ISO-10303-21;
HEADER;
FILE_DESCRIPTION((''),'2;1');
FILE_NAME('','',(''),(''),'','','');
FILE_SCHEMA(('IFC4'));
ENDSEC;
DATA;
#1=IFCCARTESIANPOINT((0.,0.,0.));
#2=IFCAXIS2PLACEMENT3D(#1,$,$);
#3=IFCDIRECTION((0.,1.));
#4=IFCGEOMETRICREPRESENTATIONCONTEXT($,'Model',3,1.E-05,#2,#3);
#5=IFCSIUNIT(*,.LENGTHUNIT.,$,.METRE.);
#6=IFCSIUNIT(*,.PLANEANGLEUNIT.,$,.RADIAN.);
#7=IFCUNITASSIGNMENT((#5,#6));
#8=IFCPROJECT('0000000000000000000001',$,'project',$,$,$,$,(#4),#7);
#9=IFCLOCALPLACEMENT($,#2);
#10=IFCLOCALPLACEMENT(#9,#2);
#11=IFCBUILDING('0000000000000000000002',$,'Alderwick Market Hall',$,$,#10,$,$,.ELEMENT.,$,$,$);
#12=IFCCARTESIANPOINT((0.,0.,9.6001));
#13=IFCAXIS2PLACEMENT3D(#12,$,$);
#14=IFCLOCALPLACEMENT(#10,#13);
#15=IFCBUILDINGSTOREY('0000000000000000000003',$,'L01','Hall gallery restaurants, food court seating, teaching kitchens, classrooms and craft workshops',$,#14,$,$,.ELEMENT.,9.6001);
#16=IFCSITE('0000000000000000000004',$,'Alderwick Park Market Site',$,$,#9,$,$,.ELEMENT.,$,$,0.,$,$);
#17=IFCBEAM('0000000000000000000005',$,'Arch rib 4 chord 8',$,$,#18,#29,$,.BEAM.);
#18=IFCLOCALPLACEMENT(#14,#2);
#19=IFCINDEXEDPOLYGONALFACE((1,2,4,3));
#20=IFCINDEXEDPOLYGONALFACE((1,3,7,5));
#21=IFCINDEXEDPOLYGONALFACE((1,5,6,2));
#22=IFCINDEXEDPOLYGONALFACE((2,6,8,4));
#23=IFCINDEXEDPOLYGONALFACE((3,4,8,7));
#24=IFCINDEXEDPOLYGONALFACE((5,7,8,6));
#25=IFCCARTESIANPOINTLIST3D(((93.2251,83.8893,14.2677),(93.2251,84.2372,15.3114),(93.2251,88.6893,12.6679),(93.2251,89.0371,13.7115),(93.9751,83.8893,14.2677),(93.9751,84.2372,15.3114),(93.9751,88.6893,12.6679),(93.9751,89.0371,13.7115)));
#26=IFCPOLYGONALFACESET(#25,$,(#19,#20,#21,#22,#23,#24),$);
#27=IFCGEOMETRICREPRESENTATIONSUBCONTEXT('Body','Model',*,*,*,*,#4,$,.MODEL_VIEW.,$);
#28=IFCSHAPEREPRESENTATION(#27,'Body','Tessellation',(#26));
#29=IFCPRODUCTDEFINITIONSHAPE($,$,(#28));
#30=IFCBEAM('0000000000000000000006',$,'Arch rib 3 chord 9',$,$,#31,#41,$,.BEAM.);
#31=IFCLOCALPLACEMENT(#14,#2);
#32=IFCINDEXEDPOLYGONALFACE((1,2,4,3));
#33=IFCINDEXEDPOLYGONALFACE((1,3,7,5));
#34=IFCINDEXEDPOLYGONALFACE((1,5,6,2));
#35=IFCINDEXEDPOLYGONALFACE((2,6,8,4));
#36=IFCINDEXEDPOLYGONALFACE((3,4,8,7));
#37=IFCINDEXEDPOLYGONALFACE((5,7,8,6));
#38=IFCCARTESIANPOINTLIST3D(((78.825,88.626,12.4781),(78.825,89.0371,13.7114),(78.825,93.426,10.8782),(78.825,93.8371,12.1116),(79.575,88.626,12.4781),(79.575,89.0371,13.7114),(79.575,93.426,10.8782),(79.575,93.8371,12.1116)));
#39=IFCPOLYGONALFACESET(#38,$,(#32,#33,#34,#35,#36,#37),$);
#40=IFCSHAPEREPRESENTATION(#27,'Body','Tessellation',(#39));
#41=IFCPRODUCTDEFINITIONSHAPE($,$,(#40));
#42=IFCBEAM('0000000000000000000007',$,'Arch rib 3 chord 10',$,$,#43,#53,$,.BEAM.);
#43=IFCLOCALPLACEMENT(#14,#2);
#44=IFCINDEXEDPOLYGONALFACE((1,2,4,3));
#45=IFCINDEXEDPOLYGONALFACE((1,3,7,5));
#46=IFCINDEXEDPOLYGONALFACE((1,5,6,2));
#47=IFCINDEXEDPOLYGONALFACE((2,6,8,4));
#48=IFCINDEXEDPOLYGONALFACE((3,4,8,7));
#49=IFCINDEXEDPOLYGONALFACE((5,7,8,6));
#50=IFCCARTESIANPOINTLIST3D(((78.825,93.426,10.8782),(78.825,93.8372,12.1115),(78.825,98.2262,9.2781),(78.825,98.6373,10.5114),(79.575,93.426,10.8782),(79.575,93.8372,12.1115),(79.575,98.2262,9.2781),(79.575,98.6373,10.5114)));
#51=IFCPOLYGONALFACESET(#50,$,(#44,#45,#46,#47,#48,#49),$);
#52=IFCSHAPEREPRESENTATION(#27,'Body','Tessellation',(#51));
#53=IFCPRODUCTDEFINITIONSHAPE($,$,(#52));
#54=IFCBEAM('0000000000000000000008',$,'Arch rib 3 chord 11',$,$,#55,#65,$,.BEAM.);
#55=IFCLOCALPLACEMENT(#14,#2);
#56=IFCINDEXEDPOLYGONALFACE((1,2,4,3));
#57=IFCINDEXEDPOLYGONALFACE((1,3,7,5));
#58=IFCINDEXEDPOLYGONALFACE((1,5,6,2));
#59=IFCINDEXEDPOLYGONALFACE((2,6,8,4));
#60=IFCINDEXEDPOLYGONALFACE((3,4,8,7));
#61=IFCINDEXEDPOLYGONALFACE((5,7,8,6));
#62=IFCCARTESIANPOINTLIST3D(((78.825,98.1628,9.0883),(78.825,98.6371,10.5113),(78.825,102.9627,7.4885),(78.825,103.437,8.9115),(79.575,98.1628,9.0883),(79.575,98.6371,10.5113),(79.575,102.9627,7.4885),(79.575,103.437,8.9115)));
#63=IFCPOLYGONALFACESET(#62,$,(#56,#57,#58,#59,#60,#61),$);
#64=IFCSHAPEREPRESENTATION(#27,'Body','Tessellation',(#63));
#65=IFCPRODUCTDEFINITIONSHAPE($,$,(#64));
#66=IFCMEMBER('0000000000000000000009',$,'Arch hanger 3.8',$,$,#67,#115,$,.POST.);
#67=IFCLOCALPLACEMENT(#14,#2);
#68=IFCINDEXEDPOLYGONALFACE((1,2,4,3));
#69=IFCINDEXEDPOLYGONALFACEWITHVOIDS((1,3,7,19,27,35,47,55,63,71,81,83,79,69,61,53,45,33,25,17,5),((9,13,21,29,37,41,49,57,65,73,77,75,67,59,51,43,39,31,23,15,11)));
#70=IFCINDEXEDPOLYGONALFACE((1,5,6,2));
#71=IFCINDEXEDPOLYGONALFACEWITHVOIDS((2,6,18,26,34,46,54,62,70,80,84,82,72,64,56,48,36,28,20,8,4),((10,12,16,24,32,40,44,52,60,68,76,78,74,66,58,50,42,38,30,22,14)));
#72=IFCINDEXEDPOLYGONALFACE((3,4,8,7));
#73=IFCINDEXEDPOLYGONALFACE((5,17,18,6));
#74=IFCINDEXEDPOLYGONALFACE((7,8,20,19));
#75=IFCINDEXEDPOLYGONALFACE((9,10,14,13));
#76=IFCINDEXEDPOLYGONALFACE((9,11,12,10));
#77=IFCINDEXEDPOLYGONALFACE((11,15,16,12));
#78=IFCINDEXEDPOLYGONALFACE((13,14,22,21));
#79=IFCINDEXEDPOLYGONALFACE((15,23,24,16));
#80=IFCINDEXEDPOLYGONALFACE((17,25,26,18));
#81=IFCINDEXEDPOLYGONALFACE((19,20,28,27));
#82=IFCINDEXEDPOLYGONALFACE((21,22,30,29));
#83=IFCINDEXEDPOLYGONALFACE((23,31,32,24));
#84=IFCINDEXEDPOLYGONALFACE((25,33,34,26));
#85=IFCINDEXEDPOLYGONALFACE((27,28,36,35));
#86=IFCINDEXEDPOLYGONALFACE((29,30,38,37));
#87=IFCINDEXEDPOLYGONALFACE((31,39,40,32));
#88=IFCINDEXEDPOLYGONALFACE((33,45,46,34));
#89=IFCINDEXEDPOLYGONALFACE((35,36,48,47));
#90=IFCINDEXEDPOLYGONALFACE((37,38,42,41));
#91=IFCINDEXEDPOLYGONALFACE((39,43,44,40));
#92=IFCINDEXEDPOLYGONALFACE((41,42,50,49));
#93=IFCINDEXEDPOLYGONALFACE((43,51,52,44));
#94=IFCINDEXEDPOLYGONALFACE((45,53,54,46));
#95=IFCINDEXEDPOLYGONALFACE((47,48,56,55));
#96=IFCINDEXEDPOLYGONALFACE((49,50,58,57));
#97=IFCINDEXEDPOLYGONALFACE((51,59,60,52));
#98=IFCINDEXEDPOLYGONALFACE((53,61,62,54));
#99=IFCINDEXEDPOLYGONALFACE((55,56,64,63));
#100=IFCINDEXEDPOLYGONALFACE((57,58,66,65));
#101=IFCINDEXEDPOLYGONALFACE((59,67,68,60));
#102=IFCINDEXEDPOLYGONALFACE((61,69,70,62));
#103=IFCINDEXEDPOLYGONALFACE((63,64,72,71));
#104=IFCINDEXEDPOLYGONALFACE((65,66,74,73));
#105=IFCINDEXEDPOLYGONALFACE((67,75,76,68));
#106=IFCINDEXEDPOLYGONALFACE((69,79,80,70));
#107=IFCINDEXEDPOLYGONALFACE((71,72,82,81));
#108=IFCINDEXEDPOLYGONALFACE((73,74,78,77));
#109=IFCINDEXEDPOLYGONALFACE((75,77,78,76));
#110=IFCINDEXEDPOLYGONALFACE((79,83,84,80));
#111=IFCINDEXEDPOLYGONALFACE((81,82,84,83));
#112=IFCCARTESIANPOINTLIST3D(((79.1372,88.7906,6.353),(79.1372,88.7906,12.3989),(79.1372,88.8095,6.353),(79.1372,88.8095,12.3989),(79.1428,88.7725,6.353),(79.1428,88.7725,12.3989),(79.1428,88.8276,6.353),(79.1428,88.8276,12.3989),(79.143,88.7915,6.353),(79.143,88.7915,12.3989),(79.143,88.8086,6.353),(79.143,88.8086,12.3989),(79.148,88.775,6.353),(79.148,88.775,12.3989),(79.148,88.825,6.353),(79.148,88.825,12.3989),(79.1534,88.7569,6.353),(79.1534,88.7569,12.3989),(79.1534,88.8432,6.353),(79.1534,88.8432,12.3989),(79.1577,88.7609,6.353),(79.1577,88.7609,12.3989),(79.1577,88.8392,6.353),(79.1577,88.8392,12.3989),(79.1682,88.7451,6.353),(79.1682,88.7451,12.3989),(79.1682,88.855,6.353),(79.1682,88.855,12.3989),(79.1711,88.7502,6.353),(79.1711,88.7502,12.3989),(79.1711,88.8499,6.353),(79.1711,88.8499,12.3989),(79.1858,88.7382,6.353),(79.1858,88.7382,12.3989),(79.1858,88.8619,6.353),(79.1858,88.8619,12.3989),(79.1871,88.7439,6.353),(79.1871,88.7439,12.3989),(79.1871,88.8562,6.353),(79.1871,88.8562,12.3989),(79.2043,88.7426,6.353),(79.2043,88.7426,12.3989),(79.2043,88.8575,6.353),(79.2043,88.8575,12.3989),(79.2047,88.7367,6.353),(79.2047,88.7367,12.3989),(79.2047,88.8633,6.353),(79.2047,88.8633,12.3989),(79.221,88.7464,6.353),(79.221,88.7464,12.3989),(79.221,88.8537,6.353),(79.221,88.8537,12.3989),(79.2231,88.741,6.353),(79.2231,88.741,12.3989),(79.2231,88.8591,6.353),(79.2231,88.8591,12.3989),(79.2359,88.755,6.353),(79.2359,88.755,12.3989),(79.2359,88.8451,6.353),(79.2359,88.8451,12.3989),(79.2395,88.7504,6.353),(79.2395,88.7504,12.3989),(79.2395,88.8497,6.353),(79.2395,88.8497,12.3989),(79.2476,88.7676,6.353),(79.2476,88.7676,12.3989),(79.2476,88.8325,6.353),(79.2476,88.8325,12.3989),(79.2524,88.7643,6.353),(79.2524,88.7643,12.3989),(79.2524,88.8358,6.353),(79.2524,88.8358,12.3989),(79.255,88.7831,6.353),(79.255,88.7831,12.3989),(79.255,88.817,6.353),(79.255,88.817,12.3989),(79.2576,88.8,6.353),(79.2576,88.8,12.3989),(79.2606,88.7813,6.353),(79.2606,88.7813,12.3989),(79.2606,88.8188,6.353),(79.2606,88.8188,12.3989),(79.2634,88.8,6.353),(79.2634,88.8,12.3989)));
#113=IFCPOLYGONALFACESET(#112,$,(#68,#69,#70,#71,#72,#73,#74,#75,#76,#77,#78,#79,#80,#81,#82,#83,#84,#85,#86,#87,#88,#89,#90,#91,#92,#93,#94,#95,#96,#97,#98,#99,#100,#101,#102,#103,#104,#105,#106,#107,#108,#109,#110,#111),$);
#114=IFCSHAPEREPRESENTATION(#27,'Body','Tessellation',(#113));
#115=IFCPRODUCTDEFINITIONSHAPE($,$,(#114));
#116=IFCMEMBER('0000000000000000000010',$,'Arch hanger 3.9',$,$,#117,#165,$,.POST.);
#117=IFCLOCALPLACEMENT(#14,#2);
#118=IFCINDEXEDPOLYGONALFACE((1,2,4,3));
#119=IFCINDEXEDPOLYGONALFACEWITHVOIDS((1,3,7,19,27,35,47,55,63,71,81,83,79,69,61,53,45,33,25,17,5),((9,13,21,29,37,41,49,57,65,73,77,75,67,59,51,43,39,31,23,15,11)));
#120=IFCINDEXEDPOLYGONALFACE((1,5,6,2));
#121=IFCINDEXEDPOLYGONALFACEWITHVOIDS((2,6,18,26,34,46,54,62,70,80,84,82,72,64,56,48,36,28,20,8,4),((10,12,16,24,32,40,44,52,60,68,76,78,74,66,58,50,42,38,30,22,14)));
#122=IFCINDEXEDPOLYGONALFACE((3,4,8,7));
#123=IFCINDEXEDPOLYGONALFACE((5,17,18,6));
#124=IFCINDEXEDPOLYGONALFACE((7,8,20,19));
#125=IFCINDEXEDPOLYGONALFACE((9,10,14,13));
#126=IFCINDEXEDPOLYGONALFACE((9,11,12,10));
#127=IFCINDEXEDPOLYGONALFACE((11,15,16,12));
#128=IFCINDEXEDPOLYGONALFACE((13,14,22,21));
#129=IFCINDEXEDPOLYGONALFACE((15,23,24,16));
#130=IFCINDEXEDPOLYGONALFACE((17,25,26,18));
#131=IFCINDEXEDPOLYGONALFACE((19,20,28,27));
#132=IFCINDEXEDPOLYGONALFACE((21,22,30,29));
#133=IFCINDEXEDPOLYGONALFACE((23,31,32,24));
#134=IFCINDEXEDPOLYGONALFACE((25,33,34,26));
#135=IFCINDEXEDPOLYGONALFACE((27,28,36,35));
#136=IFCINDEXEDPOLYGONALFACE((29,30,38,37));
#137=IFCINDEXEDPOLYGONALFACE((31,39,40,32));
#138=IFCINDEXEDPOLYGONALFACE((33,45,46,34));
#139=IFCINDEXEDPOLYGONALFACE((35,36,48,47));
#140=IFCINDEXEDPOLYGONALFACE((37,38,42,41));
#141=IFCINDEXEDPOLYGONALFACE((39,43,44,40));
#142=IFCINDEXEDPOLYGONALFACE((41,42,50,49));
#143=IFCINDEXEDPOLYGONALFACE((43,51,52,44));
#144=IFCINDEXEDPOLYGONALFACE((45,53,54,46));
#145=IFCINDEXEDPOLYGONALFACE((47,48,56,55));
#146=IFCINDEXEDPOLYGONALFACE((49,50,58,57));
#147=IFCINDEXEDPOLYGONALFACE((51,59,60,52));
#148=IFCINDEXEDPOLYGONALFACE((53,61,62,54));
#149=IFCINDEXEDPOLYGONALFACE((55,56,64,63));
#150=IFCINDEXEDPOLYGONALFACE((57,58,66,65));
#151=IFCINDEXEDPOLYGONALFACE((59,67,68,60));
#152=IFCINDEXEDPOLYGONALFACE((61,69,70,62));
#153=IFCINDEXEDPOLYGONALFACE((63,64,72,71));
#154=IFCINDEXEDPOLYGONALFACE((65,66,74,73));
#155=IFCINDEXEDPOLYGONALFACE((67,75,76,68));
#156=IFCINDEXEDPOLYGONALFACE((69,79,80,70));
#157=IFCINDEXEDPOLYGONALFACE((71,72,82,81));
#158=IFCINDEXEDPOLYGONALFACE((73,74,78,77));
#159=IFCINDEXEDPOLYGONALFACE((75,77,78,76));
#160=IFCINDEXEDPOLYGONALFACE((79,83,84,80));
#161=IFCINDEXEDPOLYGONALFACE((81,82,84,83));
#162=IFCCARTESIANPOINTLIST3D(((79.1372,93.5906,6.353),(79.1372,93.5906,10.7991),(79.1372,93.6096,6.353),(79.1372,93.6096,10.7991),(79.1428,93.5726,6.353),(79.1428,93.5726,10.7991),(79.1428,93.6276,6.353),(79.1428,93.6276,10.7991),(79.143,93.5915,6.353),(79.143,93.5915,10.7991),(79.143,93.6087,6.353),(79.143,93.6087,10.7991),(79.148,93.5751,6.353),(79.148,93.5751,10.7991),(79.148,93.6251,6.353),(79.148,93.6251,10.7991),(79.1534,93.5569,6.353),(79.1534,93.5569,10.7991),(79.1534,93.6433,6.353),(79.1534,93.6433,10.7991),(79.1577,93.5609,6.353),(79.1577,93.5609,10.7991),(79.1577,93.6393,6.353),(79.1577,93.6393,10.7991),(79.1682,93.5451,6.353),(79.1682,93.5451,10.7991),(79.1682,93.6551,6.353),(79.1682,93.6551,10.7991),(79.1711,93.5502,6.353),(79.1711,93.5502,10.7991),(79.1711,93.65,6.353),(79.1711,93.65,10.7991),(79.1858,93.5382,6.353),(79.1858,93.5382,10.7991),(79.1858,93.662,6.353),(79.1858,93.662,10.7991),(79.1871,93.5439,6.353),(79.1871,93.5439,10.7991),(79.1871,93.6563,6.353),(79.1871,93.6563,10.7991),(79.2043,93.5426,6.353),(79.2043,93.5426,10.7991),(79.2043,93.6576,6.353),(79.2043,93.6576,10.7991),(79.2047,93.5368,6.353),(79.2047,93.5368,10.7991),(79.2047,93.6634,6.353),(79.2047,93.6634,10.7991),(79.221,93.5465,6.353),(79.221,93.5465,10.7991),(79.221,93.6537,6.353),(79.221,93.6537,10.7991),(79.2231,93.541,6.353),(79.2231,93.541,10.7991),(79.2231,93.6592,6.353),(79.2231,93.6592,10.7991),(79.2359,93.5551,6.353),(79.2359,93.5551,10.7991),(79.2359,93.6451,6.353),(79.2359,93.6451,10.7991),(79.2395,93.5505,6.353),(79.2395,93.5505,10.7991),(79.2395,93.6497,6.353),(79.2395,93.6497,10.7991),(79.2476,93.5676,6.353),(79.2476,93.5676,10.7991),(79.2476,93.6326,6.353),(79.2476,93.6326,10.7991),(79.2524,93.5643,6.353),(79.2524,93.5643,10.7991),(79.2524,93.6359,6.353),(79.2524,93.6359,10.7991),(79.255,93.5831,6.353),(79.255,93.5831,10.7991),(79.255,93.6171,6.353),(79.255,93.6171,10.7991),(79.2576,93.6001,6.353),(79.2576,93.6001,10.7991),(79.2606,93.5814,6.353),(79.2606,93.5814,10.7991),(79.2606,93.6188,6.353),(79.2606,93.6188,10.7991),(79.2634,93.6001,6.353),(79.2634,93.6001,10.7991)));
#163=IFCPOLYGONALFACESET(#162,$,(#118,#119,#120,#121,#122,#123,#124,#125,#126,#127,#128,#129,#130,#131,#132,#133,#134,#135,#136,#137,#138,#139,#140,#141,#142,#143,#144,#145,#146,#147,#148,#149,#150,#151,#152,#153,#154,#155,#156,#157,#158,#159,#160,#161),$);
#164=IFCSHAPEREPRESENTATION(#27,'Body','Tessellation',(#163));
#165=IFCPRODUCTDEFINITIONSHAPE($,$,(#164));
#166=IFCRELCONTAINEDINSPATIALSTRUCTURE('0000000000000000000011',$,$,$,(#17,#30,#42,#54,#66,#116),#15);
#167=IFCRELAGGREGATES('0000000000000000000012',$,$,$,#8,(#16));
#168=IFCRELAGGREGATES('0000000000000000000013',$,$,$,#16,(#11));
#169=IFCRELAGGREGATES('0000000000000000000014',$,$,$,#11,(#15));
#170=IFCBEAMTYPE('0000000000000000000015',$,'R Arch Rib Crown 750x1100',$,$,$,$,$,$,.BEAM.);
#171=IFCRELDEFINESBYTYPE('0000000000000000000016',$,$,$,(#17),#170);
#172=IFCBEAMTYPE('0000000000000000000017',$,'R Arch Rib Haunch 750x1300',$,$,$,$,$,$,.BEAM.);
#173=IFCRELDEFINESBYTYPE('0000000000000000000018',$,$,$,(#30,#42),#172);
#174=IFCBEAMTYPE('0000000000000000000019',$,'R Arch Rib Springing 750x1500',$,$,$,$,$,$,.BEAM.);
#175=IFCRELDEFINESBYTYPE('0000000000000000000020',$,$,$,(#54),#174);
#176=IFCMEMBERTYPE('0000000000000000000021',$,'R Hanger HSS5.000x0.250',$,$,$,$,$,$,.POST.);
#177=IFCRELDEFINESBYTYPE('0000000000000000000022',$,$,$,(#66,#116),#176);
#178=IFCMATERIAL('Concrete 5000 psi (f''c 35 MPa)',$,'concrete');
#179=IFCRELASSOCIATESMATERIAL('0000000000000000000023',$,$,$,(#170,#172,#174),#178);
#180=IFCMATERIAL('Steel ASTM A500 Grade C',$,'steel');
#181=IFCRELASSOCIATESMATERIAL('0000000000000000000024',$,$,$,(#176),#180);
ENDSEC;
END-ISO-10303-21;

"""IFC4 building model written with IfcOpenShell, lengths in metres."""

from ifc_helpers import new_model, si_unit, direction, frame, origin, origin_2d, place, context, subcontext, project, spatial, rectangle, hollow_circle, extrude, material, material_profile, profile_set, type_object, element, save


model = new_model("IFC4")

# Units and contexts
model_context = context("Model", 3, precision=1e-05, world=origin(), true_north=direction((0.0, 1.0)))
body_context = subcontext(model_context, "Body", "Model", "MODEL_VIEW")
ifc_project = project(units=[si_unit("LENGTHUNIT", "METRE"), si_unit("PLANEANGLEUNIT", "RADIAN")], contexts=[model_context])

# Site, building, storey
site_placement = place(None, origin())
site = spatial("IfcSite", under=ifc_project, at=site_placement, Name="Alderwick Park Market Site", CompositionType="ELEMENT", RefElevation=0.0)
building_placement = place(site_placement, origin())
building = spatial("IfcBuilding", under=site, at=building_placement, Name="Alderwick Market Hall", CompositionType="ELEMENT")
storey_placement = place(building_placement, frame((0.0, 0.0, 9.6001)))
storey = spatial("IfcBuildingStorey", under=building, at=storey_placement, Name="L01", Description="Hall gallery restaurants, food court seating, teaching kitchens, classrooms and craft workshops", CompositionType="ELEMENT", Elevation=9.6001)

# Beams
ifc_material_1 = material(Name="Concrete 5000 psi (f'c 35 MPa)", Category="concrete")
ifc_material_profile_1 = material_profile(ifc_material_1, rectangle(XDim=0.75, YDim=1.1001, at=origin_2d()), Name="RC 750x1100")
ifc_profile_set_1 = profile_set([ifc_material_profile_1], Name="Concrete 5000 psi (f'c 35 MPa)")
beam_type_1 = type_object("IfcBeamType", Name="R Arch Rib Crown 750x1100", PredefinedType="BEAM", material=ifc_profile_set_1)
beam_1_placement = place(storey_placement, frame((93.6001, 84.0632, 14.7896), z_axis=(0.0, 0.948693, -0.316199), x_axis=(-1.0, 0.0, 0.0)))
element("IfcBeam", 1, at=beam_1_placement, inside=storey, type_object=beam_type_1, Name="Arch rib 4 chord 8", PredefinedType="BEAM", context=body_context, shape_type="SweptSolid", body=[
    extrude(rectangle(XDim=0.75, YDim=1.1001, at=origin_2d()), origin(), (0.0, 0.0, 1.0), 5.0596),
])
ifc_material_profile_2 = material_profile(ifc_material_1, rectangle(XDim=0.75, YDim=1.3, at=origin_2d()), Name="RC 750x1300")
ifc_profile_set_2 = profile_set([ifc_material_profile_2], Name="Concrete 5000 psi (f'c 35 MPa)")
beam_type_2 = type_object("IfcBeamType", Name="R Arch Rib Haunch 750x1300", PredefinedType="BEAM", material=ifc_profile_set_2)
beam_2_placement = place(storey_placement, frame((79.2, 88.8315, 13.0947), z_axis=(0.0, 0.948693, -0.316199), x_axis=(-1.0, 0.0, 0.0)))
element("IfcBeam", 2, at=beam_2_placement, inside=storey, type_object=beam_type_2, Name="Arch rib 3 chord 9", PredefinedType="BEAM", context=body_context, shape_type="SweptSolid", body=[
    extrude(rectangle(XDim=0.75, YDim=1.3, at=origin_2d()), origin(), (0.0, 0.0, 1.0), 5.0596),
])
beam_3_placement = place(storey_placement, frame((79.2, 93.6316, 11.4949), z_axis=(0.0, 0.948678, -0.316242), x_axis=(-1.0, 0.0, 0.0)))
element("IfcBeam", 3, at=beam_3_placement, inside=storey, type_object=beam_type_2, Name="Arch rib 3 chord 10", PredefinedType="BEAM", context=body_context, shape_type="SweptSolid", body=[
    extrude(rectangle(XDim=0.75, YDim=1.3, at=origin_2d()), origin(), (0.0, 0.0, 1.0), 5.0598),
])
ifc_material_profile_3 = material_profile(ifc_material_1, rectangle(XDim=0.75, YDim=1.5, at=origin_2d()), Name="RC 750x1500")
ifc_profile_set_3 = profile_set([ifc_material_profile_3], Name="Concrete 5000 psi (f'c 35 MPa)")
beam_type_3 = type_object("IfcBeamType", Name="R Arch Rib Springing 750x1500", PredefinedType="BEAM", material=ifc_profile_set_3)
beam_4_placement = place(storey_placement, frame((79.2, 98.3999, 9.7998), z_axis=(0.0, 0.948693, -0.316199), x_axis=(-1.0, 0.0, 0.0)))
element("IfcBeam", 4, at=beam_4_placement, inside=storey, type_object=beam_type_3, Name="Arch rib 3 chord 11", PredefinedType="BEAM", context=body_context, shape_type="SweptSolid", body=[
    extrude(rectangle(XDim=0.75, YDim=1.5, at=origin_2d()), origin(), (0.0, 0.0, 1.0), 5.0596),
])

# Members
ifc_material_2 = material(Name="Steel ASTM A500 Grade C", Category="steel")
ifc_material_profile_4 = material_profile(ifc_material_2, hollow_circle(Radius=0.0635, WallThickness=0.0059, at=origin_2d()), Name="HSS5.000x0.250")
ifc_profile_set_4 = profile_set([ifc_material_profile_4], Name="Steel ASTM A500 Grade C")
member_type_1 = type_object("IfcMemberType", Name="R Hanger HSS5.000x0.250", PredefinedType="POST", material=ifc_profile_set_4)
member_1_placement = place(storey_placement, frame((79.2, 88.8, 6.353), z_axis=(0.0, 0.0, 1.0), x_axis=(1.0, 0.0, 0.0)))
element("IfcMember", 5, at=member_1_placement, inside=storey, type_object=member_type_1, Name="Arch hanger 3.8", PredefinedType="POST", context=body_context, shape_type="SweptSolid", body=[
    extrude(hollow_circle(Radius=0.0635, WallThickness=0.0059, at=origin_2d()), origin(), (0.0, 0.0, 1.0), 6.0459),
])
member_2_placement = place(storey_placement, frame((79.2, 93.6001, 6.353), z_axis=(0.0, 0.0, 1.0), x_axis=(1.0, 0.0, 0.0)))
element("IfcMember", 6, at=member_2_placement, inside=storey, type_object=member_type_1, Name="Arch hanger 3.9", PredefinedType="POST", context=body_context, shape_type="SweptSolid", body=[
    extrude(hollow_circle(Radius=0.0635, WallThickness=0.0059, at=origin_2d()), origin(), (0.0, 0.0, 1.0), 4.446),
])

save(model, "model.ifc")
